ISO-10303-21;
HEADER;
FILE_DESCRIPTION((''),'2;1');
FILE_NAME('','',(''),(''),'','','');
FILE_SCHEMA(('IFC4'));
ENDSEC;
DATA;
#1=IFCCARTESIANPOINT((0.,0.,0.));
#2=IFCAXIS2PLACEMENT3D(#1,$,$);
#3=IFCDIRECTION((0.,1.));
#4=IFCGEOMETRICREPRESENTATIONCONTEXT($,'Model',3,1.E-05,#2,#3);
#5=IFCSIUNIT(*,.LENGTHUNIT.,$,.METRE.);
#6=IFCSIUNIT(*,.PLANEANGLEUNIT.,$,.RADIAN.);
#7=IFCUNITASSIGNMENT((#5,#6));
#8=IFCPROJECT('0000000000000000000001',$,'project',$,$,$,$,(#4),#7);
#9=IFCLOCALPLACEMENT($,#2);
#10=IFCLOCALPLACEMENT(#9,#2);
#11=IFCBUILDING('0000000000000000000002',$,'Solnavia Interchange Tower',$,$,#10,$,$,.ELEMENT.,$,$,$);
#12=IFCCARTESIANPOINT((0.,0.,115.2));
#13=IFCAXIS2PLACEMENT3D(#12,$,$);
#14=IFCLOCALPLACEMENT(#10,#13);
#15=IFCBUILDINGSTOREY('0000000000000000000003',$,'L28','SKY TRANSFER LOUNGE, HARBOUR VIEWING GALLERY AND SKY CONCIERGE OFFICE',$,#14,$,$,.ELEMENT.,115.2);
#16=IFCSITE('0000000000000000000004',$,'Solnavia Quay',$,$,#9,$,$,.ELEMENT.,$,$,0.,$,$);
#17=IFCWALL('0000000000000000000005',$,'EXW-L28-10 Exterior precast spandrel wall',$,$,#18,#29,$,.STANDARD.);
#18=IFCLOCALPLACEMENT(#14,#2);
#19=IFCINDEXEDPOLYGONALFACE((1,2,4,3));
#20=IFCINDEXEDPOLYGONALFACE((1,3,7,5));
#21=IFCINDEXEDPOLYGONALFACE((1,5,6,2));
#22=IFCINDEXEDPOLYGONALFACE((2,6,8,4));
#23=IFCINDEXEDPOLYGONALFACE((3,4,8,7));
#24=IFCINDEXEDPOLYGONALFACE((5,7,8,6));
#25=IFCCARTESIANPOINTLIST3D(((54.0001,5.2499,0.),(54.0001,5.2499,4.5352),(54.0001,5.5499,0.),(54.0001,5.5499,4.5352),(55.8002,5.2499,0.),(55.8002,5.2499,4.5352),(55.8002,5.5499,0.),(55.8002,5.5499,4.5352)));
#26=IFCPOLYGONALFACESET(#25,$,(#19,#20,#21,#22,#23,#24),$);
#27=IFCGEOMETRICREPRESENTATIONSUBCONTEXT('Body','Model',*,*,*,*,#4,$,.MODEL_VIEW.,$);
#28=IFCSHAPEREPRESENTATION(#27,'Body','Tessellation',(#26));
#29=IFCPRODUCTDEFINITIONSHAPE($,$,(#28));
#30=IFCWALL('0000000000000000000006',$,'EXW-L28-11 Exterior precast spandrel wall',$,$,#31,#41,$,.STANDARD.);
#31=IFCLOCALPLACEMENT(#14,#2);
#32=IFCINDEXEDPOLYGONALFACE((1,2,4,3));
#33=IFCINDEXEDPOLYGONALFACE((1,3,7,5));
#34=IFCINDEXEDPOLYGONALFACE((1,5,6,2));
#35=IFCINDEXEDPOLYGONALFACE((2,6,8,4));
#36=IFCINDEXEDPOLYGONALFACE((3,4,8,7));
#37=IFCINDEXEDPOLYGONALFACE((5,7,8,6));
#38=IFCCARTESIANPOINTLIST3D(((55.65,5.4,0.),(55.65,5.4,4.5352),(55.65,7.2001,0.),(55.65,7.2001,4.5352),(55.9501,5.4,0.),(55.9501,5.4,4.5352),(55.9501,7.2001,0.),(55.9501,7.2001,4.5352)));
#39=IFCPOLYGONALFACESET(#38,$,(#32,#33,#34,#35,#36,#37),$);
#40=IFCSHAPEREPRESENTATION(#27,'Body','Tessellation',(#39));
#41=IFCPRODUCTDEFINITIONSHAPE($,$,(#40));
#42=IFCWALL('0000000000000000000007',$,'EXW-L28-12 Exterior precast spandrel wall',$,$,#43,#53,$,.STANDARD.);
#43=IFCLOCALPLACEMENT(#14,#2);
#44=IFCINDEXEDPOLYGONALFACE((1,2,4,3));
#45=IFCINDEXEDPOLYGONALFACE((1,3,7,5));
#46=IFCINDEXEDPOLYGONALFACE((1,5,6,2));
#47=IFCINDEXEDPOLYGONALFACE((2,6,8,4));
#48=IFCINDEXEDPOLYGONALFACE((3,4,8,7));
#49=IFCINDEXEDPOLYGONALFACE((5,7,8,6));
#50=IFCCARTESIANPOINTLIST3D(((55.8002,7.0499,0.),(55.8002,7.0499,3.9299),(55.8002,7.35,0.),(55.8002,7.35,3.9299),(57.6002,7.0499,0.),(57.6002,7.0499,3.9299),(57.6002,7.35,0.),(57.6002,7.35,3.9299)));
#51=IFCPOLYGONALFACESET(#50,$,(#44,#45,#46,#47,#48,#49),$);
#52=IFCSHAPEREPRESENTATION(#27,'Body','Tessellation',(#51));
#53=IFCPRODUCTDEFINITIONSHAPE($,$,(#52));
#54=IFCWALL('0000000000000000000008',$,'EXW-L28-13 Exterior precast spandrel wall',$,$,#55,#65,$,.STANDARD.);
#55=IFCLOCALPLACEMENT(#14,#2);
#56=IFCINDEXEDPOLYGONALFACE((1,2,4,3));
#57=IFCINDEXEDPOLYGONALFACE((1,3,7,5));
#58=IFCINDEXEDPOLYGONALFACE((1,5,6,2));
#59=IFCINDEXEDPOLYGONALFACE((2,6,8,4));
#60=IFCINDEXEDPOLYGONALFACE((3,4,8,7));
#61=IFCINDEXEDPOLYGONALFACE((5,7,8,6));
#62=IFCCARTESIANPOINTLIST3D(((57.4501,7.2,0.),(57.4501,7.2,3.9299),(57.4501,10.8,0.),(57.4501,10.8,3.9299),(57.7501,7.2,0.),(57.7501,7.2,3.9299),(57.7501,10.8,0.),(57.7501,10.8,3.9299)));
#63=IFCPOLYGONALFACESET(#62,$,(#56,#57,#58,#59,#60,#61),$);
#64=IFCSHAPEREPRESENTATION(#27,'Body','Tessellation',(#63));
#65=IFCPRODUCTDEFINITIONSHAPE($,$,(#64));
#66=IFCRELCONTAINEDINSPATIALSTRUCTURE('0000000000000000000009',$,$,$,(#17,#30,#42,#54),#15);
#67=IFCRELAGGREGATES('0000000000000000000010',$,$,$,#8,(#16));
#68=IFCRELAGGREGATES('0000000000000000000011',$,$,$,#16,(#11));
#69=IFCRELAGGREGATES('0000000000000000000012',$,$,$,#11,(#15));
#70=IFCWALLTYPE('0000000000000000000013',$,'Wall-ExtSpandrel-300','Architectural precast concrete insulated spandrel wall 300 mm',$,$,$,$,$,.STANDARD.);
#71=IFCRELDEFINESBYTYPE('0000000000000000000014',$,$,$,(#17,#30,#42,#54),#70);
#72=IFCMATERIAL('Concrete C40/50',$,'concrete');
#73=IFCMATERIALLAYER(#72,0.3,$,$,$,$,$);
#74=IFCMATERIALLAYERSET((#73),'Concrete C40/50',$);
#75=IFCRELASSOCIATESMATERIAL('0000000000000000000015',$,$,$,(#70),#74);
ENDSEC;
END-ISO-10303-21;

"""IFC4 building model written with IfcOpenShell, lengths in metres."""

from ifc_helpers import new_model, si_unit, direction, frame, frame_2d, origin, place, context, subcontext, project, spatial, rectangle, extrude, material, layer, layer_set, type_object, element, save


model = new_model("IFC4")

# Units and contexts
model_context = context("Model", 3, precision=1e-05, world=origin(), true_north=direction((0.0, 1.0)))
body_context = subcontext(model_context, "Body", "Model", "MODEL_VIEW")
ifc_project = project(units=[si_unit("LENGTHUNIT", "METRE"), si_unit("PLANEANGLEUNIT", "RADIAN")], contexts=[model_context])

# Site, building, storey
site_placement = place(None, origin())
site = spatial("IfcSite", under=ifc_project, at=site_placement, Name="Solnavia Quay", CompositionType="ELEMENT", RefElevation=0.0)
building_placement = place(site_placement, origin())
building = spatial("IfcBuilding", under=site, at=building_placement, Name="Solnavia Interchange Tower", CompositionType="ELEMENT")
storey_placement = place(building_placement, frame((0.0, 0.0, 115.2)))
storey = spatial("IfcBuildingStorey", under=building, at=storey_placement, Name="L28", Description="SKY TRANSFER LOUNGE, HARBOUR VIEWING GALLERY AND SKY CONCIERGE OFFICE", CompositionType="ELEMENT", Elevation=115.2)

# Walls
ifc_material_1 = material(Name="Concrete C40/50", Category="concrete")
ifc_layer_1 = layer(ifc_material_1, 0.3)
ifc_layer_set_1 = layer_set([ifc_layer_1], Name="Concrete C40/50")
wall_type = type_object("IfcWallType", Name="Wall-ExtSpandrel-300", Description="Architectural precast concrete insulated spandrel wall 300 mm", PredefinedType="STANDARD", material=ifc_layer_set_1)
for number, where, z_axis, x_axis, name in (
    (1, (55.8, 5.3999, 0.0), (0.0, 0.0, 1.0), (-1.0, 0.0, 0.0), "EXW-L28-10 Exterior precast spandrel wall"),
    (2, (55.8, 7.2, 0.0), (0.0, 0.0, 1.0), (0.0, -1.0, 0.0), "EXW-L28-11 Exterior precast spandrel wall"),
):
    element("IfcWall", number, at=place(storey_placement, frame(where, z_axis=z_axis, x_axis=x_axis)), inside=storey, type_object=wall_type, Name=name, PredefinedType="STANDARD", context=body_context, shape_type="SweptSolid", body=[
        extrude(rectangle(XDim=1.8, YDim=0.3, at=frame_2d((0.8999, 0.0))), origin(), (0.0, 0.0, 1.0), 4.5352),
    ])
wall_1_placement = place(storey_placement, frame((57.6001, 7.2, 0.0), z_axis=(0.0, 0.0, 1.0), x_axis=(-1.0, 0.0, 0.0)))
element("IfcWall", 3, at=wall_1_placement, inside=storey, type_object=wall_type, Name="EXW-L28-12 Exterior precast spandrel wall", PredefinedType="STANDARD", context=body_context, shape_type="SweptSolid", body=[
    extrude(rectangle(XDim=1.8, YDim=0.3, at=frame_2d((0.8999, 0.0))), origin(), (0.0, 0.0, 1.0), 3.9299),
])
wall_2_placement = place(storey_placement, frame((57.6001, 10.8, 0.0), z_axis=(0.0, 0.0, 1.0), x_axis=(0.0, -1.0, 0.0)))
element("IfcWall", 4, at=wall_2_placement, inside=storey, type_object=wall_type, Name="EXW-L28-13 Exterior precast spandrel wall", PredefinedType="STANDARD", context=body_context, shape_type="SweptSolid", body=[
    extrude(rectangle(XDim=3.6001, YDim=0.3, at=frame_2d((1.8, 0.0))), origin(), (0.0, 0.0, 1.0), 3.9299),
])

save(model, "model.ifc")
